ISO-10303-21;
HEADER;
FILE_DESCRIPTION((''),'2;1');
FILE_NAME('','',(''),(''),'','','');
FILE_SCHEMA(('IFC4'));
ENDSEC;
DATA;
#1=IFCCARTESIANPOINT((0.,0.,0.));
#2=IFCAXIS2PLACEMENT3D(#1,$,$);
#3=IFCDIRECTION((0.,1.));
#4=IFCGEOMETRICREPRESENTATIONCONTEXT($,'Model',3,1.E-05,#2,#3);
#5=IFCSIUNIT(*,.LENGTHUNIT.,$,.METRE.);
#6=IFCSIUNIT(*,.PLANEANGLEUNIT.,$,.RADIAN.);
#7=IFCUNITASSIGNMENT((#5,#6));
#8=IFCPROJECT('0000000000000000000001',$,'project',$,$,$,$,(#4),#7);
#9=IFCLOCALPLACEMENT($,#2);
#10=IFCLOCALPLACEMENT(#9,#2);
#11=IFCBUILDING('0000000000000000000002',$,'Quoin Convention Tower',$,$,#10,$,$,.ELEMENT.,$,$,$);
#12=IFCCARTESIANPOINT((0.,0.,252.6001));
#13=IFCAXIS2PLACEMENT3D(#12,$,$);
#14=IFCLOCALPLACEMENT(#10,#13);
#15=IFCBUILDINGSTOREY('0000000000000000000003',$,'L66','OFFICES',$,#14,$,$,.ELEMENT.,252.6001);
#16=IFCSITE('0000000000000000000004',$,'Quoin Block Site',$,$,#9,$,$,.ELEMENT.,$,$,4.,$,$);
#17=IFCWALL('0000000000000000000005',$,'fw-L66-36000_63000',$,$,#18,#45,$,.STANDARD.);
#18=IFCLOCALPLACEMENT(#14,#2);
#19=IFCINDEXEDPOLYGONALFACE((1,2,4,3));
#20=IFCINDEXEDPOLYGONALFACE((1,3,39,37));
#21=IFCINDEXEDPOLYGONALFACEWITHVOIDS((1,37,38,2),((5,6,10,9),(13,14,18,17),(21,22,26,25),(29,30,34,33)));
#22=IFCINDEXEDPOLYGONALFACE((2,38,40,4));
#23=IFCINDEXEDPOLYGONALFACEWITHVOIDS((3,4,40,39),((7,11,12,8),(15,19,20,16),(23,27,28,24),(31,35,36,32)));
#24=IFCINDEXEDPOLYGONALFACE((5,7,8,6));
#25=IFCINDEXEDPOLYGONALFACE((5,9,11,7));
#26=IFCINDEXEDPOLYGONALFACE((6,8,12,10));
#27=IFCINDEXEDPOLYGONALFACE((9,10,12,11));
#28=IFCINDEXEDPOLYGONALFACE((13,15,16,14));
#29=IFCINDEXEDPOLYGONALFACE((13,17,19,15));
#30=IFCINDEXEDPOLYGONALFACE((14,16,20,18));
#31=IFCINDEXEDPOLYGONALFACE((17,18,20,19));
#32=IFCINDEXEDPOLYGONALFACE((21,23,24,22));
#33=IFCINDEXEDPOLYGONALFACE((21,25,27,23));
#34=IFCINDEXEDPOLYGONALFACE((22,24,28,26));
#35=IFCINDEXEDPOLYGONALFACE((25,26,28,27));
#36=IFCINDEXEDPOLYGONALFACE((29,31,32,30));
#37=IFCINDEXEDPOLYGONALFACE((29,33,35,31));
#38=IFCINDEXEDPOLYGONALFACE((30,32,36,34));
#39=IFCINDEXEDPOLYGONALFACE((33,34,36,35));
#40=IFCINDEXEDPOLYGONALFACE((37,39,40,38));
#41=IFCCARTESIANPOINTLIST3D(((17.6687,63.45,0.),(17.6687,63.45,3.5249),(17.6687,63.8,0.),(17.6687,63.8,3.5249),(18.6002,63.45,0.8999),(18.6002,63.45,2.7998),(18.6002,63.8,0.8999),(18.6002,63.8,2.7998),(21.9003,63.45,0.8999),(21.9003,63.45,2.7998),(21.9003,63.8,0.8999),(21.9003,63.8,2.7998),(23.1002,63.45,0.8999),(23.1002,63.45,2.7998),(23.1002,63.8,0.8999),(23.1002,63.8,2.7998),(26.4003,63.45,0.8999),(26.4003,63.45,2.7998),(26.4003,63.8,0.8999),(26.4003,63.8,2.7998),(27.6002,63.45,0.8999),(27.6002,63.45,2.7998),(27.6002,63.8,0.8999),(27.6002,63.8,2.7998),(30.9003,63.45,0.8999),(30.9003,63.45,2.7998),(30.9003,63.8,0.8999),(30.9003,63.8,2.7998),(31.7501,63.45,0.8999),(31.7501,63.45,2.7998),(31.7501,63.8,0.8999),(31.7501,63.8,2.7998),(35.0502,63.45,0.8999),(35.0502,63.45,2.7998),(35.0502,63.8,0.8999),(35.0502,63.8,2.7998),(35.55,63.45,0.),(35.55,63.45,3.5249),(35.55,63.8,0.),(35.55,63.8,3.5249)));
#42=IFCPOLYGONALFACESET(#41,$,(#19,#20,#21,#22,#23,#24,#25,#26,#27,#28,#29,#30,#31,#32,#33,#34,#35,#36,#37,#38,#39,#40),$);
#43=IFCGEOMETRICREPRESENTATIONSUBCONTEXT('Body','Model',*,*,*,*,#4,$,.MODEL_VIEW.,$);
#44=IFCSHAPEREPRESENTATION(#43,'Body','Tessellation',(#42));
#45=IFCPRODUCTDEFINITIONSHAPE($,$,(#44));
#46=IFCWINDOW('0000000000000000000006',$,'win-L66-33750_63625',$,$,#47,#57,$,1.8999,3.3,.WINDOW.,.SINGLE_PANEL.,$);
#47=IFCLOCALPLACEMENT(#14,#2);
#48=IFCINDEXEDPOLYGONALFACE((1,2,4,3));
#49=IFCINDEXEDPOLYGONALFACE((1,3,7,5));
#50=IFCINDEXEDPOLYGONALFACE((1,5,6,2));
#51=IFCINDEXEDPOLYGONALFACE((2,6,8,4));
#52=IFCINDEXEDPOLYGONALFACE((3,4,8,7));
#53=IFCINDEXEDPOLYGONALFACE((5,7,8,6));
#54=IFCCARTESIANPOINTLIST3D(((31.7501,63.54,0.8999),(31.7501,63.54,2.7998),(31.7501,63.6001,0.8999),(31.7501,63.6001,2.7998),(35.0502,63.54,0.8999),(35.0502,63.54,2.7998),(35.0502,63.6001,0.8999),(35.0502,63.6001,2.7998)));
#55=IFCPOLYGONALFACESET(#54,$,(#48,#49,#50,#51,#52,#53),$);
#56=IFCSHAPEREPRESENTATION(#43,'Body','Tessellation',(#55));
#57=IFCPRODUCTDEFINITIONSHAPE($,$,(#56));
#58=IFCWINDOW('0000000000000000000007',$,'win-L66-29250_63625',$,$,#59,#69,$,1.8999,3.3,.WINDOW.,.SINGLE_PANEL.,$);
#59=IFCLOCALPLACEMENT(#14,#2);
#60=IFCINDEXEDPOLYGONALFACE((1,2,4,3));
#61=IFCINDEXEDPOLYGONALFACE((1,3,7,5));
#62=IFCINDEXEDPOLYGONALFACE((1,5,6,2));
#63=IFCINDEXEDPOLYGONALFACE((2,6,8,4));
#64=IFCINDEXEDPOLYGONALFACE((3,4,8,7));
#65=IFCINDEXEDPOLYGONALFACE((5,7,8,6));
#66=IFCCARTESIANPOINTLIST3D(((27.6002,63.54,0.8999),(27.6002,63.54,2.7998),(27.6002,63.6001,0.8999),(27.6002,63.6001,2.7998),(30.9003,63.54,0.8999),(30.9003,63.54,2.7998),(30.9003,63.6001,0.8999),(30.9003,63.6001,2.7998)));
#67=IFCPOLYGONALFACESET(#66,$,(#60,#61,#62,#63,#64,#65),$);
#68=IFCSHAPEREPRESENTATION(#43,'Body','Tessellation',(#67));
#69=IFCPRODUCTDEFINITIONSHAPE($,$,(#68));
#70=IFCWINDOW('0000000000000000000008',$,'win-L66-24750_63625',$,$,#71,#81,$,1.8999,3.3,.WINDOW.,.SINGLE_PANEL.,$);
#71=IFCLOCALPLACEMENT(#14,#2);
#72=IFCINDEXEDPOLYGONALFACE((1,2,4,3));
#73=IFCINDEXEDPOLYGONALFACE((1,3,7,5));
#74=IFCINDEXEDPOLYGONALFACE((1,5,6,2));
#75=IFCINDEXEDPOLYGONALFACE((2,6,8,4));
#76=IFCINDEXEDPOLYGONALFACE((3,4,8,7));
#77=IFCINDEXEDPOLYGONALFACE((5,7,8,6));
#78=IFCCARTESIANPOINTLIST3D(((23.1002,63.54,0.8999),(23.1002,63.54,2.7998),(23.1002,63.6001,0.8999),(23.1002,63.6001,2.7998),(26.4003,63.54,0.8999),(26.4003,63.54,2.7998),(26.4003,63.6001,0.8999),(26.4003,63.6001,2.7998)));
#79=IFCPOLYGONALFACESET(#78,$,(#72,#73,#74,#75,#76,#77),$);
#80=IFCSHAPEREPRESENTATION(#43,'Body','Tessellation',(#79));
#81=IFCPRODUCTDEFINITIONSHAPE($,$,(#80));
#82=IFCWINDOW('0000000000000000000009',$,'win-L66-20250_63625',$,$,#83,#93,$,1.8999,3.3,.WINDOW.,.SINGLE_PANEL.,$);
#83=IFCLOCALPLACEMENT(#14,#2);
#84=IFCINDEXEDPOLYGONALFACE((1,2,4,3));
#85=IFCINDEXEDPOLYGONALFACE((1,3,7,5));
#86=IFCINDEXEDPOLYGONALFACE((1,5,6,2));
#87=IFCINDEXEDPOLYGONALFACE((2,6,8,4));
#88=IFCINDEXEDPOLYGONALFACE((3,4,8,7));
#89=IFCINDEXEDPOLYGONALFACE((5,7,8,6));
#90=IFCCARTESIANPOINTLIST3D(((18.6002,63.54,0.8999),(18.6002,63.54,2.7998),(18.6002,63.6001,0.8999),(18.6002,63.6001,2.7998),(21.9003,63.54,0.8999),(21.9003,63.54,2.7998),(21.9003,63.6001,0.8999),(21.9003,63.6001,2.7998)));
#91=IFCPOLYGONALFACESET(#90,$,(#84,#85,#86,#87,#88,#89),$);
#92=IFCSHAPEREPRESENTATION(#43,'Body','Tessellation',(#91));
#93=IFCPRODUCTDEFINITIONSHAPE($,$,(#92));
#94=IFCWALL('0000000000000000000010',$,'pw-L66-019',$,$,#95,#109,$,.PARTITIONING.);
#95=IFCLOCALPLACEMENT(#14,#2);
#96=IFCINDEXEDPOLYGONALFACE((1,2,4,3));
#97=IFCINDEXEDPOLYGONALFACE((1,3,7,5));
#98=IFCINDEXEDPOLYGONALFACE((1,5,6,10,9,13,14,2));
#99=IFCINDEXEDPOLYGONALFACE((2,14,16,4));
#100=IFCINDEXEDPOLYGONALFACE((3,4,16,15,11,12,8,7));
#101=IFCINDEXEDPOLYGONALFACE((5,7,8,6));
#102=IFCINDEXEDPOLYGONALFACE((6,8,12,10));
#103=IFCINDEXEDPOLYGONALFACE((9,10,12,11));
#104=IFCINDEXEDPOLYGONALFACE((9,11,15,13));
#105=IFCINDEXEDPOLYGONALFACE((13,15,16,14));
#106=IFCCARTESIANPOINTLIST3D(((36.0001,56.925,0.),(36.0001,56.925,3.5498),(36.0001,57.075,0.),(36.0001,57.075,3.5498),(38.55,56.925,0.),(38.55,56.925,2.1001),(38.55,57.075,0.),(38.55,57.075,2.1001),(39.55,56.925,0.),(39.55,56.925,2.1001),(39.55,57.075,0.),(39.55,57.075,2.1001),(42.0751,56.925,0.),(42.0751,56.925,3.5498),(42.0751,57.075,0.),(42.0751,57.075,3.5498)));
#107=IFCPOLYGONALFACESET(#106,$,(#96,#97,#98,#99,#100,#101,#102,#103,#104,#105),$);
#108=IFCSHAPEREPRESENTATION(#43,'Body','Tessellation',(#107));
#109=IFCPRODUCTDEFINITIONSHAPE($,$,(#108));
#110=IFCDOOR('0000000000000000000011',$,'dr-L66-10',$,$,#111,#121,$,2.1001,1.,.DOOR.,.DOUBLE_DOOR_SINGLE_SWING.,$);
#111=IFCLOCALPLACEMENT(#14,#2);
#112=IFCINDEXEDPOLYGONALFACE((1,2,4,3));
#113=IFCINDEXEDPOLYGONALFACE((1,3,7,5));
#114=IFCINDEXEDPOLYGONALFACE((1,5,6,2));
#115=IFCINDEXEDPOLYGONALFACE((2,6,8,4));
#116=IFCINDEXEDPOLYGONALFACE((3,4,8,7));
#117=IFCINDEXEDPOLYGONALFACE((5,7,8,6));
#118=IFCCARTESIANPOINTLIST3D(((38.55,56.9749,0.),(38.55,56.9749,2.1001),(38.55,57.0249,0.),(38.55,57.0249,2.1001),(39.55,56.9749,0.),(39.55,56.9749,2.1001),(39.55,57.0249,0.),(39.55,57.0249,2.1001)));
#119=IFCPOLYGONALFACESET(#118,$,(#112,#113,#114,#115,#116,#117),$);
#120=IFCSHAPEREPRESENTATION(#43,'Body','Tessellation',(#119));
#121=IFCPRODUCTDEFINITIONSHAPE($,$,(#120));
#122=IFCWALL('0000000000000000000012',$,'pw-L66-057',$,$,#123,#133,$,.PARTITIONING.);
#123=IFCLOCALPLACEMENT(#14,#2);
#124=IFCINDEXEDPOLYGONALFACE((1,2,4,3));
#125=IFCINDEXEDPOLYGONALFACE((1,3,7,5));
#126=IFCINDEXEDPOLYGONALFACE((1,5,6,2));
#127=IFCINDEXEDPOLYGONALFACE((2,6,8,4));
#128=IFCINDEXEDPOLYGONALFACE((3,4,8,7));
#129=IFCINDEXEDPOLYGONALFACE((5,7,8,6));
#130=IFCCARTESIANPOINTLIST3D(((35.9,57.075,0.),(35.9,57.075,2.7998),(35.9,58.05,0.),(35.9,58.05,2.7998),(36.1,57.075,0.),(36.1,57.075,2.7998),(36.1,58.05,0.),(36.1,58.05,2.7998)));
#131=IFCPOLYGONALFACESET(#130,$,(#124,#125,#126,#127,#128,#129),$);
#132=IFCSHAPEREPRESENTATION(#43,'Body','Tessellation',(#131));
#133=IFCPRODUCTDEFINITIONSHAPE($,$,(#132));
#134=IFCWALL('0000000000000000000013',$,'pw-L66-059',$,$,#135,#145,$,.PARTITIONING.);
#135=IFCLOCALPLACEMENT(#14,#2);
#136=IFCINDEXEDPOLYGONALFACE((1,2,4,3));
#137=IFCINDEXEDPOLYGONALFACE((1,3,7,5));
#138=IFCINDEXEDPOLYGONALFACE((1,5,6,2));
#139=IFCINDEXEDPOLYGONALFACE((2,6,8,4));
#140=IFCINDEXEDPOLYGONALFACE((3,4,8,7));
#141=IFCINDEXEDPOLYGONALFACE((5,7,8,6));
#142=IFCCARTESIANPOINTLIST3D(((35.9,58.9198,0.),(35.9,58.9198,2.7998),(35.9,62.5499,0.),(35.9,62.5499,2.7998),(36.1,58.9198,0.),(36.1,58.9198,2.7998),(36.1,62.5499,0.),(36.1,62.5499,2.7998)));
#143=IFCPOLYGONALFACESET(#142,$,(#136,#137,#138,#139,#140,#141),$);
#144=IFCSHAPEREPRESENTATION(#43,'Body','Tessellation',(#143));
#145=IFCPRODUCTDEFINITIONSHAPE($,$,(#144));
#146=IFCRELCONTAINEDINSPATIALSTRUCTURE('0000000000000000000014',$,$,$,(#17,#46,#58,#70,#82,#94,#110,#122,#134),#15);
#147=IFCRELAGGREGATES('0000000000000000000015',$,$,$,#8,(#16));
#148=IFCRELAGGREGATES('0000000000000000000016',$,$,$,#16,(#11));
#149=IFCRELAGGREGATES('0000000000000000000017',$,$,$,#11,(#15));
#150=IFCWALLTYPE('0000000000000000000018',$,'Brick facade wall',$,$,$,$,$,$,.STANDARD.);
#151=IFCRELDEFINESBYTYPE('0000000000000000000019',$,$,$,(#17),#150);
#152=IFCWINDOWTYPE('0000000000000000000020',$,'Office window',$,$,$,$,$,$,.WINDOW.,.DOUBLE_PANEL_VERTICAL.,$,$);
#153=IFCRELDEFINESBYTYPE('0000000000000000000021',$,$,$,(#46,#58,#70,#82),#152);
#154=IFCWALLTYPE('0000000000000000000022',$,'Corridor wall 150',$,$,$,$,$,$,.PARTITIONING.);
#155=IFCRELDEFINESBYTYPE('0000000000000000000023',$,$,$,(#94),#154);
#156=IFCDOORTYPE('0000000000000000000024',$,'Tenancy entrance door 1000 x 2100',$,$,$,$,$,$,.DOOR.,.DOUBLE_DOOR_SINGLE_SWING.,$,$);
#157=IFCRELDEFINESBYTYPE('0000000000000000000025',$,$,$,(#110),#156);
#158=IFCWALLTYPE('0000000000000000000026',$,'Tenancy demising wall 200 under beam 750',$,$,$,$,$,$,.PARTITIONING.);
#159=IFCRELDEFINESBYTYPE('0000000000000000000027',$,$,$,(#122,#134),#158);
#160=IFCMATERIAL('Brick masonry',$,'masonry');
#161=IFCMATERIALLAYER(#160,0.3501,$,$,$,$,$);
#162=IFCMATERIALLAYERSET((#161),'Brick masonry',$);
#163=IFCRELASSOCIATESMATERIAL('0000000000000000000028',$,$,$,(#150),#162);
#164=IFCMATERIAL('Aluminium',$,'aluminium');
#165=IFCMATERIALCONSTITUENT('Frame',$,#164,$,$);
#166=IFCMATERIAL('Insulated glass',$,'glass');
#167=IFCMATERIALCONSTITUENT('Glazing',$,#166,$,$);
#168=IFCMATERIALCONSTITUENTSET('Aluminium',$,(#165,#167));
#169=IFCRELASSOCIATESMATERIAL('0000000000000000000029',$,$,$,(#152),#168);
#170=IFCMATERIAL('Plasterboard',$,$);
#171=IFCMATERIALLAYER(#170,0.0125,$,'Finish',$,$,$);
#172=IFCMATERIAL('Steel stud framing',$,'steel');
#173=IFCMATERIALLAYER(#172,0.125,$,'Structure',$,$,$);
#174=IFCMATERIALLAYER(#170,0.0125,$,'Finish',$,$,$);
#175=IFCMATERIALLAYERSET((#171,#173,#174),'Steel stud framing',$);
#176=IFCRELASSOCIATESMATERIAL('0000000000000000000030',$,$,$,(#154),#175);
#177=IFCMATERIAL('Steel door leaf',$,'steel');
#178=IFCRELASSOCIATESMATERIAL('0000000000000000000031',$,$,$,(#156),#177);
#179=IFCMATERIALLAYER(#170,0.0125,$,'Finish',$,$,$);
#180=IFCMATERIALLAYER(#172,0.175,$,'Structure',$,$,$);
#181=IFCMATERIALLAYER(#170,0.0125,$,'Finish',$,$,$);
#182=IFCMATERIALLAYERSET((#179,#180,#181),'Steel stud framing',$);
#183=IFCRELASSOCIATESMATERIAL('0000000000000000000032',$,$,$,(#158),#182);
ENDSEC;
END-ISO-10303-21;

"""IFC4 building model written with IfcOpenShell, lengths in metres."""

from ifc_helpers import new_model, si_unit, direction, frame, frame_2d, origin, place, context, subcontext, project, spatial, rectangle, extrude, material, layer, layer_set, constituent, constituent_set, type_object, element, fill, save


model = new_model("IFC4")

# Units and contexts
model_context = context("Model", 3, precision=1e-05, world=origin(), true_north=direction((0.0, 1.0)))
body_context = subcontext(model_context, "Body", "Model", "MODEL_VIEW")
ifc_project = project(units=[si_unit("LENGTHUNIT", "METRE"), si_unit("PLANEANGLEUNIT", "RADIAN")], contexts=[model_context])

# Site, building, storey
site_placement = place(None, origin())
site = spatial("IfcSite", under=ifc_project, at=site_placement, Name="Quoin Block Site", CompositionType="ELEMENT", RefElevation=4.0)
building_placement = place(site_placement, origin())
building = spatial("IfcBuilding", under=site, at=building_placement, Name="Quoin Convention Tower", CompositionType="ELEMENT")
storey_placement = place(building_placement, frame((0.0, 0.0, 252.6001)))
storey = spatial("IfcBuildingStorey", under=building, at=storey_placement, Name="L66", Description="OFFICES", CompositionType="ELEMENT", Elevation=252.6001)

# Wall, openings, windows
ifc_material_1 = material(Name="Brick masonry", Category="masonry")
ifc_layer_1 = layer(ifc_material_1, 0.3501)
ifc_layer_set_1 = layer_set([ifc_layer_1], Name="Brick masonry")
wall_type_1 = type_object("IfcWallType", Name="Brick facade wall", PredefinedType="STANDARD", material=ifc_layer_set_1)
wall_1_placement = place(storey_placement, frame((35.55, 63.625, 0.0), z_axis=(0.0, 0.0, 1.0), x_axis=(-1.0, 0.0, 0.0)))
wall_1 = element("IfcWall", 1, at=wall_1_placement, inside=storey, type_object=wall_type_1, Name="fw-L66-36000_63000", PredefinedType="STANDARD", context=body_context, shape_type="SweptSolid", body=[
    extrude(rectangle(XDim=17.8813, YDim=0.3501, at=frame_2d((8.9407, 0.0))), origin(), (0.0, 0.0, 1.0), 3.5249),
])
opening_1_placement = place(wall_1_placement, frame((0.5, 0.0, 0.8999)))
opening_1 = element("IfcOpeningElement", 2, at=opening_1_placement, cuts=wall_1, PredefinedType="OPENING", context=body_context, shape_type="SweptSolid", body=[
    extrude(rectangle(XDim=3.3, YDim=1.8999, at=frame_2d((1.6499, 0.95))), frame((0.0, 0.1851, 0.0), z_axis=(0.0, -1.0, 0.0), x_axis=(1.0, 0.0, 0.0)), (0.0, 0.0, 1.0), 0.3701),
])
opening_2_placement = place(wall_1_placement, frame((4.6499, 0.0, 0.8999)))
opening_2 = element("IfcOpeningElement", 3, at=opening_2_placement, cuts=wall_1, PredefinedType="OPENING", context=body_context, shape_type="SweptSolid", body=[
    extrude(rectangle(XDim=3.3, YDim=1.8999, at=frame_2d((1.6499, 0.95))), frame((0.0, 0.1851, 0.0), z_axis=(0.0, -1.0, 0.0), x_axis=(1.0, 0.0, 0.0)), (0.0, 0.0, 1.0), 0.3701),
])
opening_3_placement = place(wall_1_placement, frame((9.1499, 0.0, 0.8999)))
opening_3 = element("IfcOpeningElement", 4, at=opening_3_placement, cuts=wall_1, PredefinedType="OPENING", context=body_context, shape_type="SweptSolid", body=[
    extrude(rectangle(XDim=3.3, YDim=1.8999, at=frame_2d((1.6499, 0.95))), frame((0.0, 0.1851, 0.0), z_axis=(0.0, -1.0, 0.0), x_axis=(1.0, 0.0, 0.0)), (0.0, 0.0, 1.0), 0.3701),
])
opening_4_placement = place(wall_1_placement, frame((13.6499, 0.0, 0.8999)))
opening_4 = element("IfcOpeningElement", 5, at=opening_4_placement, cuts=wall_1, PredefinedType="OPENING", context=body_context, shape_type="SweptSolid", body=[
    extrude(rectangle(XDim=3.3, YDim=1.8999, at=frame_2d((1.6499, 0.95))), frame((0.0, 0.1851, 0.0), z_axis=(0.0, -1.0, 0.0), x_axis=(1.0, 0.0, 0.0)), (0.0, 0.0, 1.0), 0.3701),
])
ifc_material_2 = material(Name="Aluminium", Category="aluminium")
ifc_constituent_1 = constituent(ifc_material_2, Name="Frame")
ifc_material_3 = material(Name="Insulated glass", Category="glass")
ifc_constituent_2 = constituent(ifc_material_3, Name="Glazing")
ifc_constituent_set = constituent_set(constituents=[ifc_constituent_1, ifc_constituent_2], Name="Aluminium")
window_type = type_object("IfcWindowType", Name="Office window", PartitioningType="DOUBLE_PANEL_VERTICAL", PredefinedType="WINDOW", material=ifc_constituent_set)
window_1_placement = place(opening_1_placement, origin())
window_1 = element("IfcWindow", 6, at=window_1_placement, inside=storey, type_object=window_type, Name="win-L66-33750_63625", OverallHeight=1.8999, OverallWidth=3.3, PartitioningType="SINGLE_PANEL", PredefinedType="WINDOW", context=body_context, shape_type="SweptSolid", body=[
    extrude(rectangle(XDim=3.3, YDim=1.8999, at=frame_2d((1.6499, 0.95))), frame((0.0, 0.085, 0.0), z_axis=(0.0, -1.0, 0.0), x_axis=(1.0, 0.0, 0.0)), (0.0, 0.0, 1.0), 0.0601),
])
fill(opening_1, window_1)
window_2_placement = place(opening_2_placement, origin())
window_2 = element("IfcWindow", 7, at=window_2_placement, inside=storey, type_object=window_type, Name="win-L66-29250_63625", OverallHeight=1.8999, OverallWidth=3.3, PartitioningType="SINGLE_PANEL", PredefinedType="WINDOW", context=body_context, shape_type="SweptSolid", body=[
    extrude(rectangle(XDim=3.3, YDim=1.8999, at=frame_2d((1.6499, 0.95))), frame((0.0, 0.085, 0.0), z_axis=(0.0, -1.0, 0.0), x_axis=(1.0, 0.0, 0.0)), (0.0, 0.0, 1.0), 0.0601),
])
fill(opening_2, window_2)
window_3_placement = place(opening_3_placement, origin())
window_3 = element("IfcWindow", 8, at=window_3_placement, inside=storey, type_object=window_type, Name="win-L66-24750_63625", OverallHeight=1.8999, OverallWidth=3.3, PartitioningType="SINGLE_PANEL", PredefinedType="WINDOW", context=body_context, shape_type="SweptSolid", body=[
    extrude(rectangle(XDim=3.3, YDim=1.8999, at=frame_2d((1.6499, 0.95))), frame((0.0, 0.085, 0.0), z_axis=(0.0, -1.0, 0.0), x_axis=(1.0, 0.0, 0.0)), (0.0, 0.0, 1.0), 0.0601),
])
fill(opening_3, window_3)
window_4_placement = place(opening_4_placement, origin())
window_4 = element("IfcWindow", 9, at=window_4_placement, inside=storey, type_object=window_type, Name="win-L66-20250_63625", OverallHeight=1.8999, OverallWidth=3.3, PartitioningType="SINGLE_PANEL", PredefinedType="WINDOW", context=body_context, shape_type="SweptSolid", body=[
    extrude(rectangle(XDim=3.3, YDim=1.8999, at=frame_2d((1.6499, 0.95))), frame((0.0, 0.085, 0.0), z_axis=(0.0, -1.0, 0.0), x_axis=(1.0, 0.0, 0.0)), (0.0, 0.0, 1.0), 0.0601),
])
fill(opening_4, window_4)

# Wall, opening, door
ifc_material_4 = material(Name="Plasterboard")
ifc_layer_2 = layer(ifc_material_4, 0.0125, Name="Finish")
ifc_material_5 = material(Name="Steel stud framing", Category="steel")
ifc_layer_3 = layer(ifc_material_5, 0.125, Name="Structure")
ifc_layer_4 = layer(ifc_material_4, 0.0125, Name="Finish")
ifc_layer_set_2 = layer_set([ifc_layer_2, ifc_layer_3, ifc_layer_4], Name="Steel stud framing")
wall_type_2 = type_object("IfcWallType", Name="Corridor wall 150", PredefinedType="PARTITIONING", material=ifc_layer_set_2)
wall_2_placement = place(storey_placement, frame((36.0, 57.0, 0.0), z_axis=(0.0, 0.0, 1.0), x_axis=(1.0, 0.0, 0.0)))
wall_2 = element("IfcWall", 10, at=wall_2_placement, inside=storey, type_object=wall_type_2, Name="pw-L66-019", PredefinedType="PARTITIONING", context=body_context, shape_type="SweptSolid", body=[
    extrude(rectangle(XDim=6.075, YDim=0.1499, at=frame_2d((3.0376, 0.0))), origin(), (0.0, 0.0, 1.0), 3.5498),
])
opening_5_placement = place(wall_2_placement, frame((2.55, 0.0, 0.0)))
opening_5 = element("IfcOpeningElement", 11, at=opening_5_placement, cuts=wall_2, PredefinedType="OPENING", context=body_context, shape_type="SweptSolid", body=[
    extrude(rectangle(XDim=1.0, YDim=2.1001, at=frame_2d((0.5, 1.05))), frame((0.0, 0.085, 0.0), z_axis=(0.0, -1.0, 0.0), x_axis=(1.0, 0.0, 0.0)), (0.0, 0.0, 1.0), 0.1699),
])
ifc_material_6 = material(Name="Steel door leaf", Category="steel")
door_type = type_object("IfcDoorType", Name="Tenancy entrance door 1000 x 2100", OperationType="DOUBLE_DOOR_SINGLE_SWING", PredefinedType="DOOR", material=ifc_material_6)
door_placement = place(opening_5_placement, origin())
door = element("IfcDoor", 12, at=door_placement, inside=storey, type_object=door_type, Name="dr-L66-10", OperationType="DOUBLE_DOOR_SINGLE_SWING", OverallHeight=2.1001, OverallWidth=1.0, PredefinedType="DOOR", context=body_context, shape_type="SweptSolid", body=[
    extrude(rectangle(XDim=1.0, YDim=2.1001, at=frame_2d((0.5, 1.05))), frame((0.0, 0.0249, 0.0), z_axis=(0.0, -1.0, 0.0), x_axis=(1.0, 0.0, 0.0)), (0.0, 0.0, 1.0), 0.05),
])
fill(opening_5, door)

# Walls
ifc_layer_5 = layer(ifc_material_4, 0.0125, Name="Finish")
ifc_layer_6 = layer(ifc_material_5, 0.175, Name="Structure")
ifc_layer_7 = layer(ifc_material_4, 0.0125, Name="Finish")
ifc_layer_set_3 = layer_set([ifc_layer_5, ifc_layer_6, ifc_layer_7], Name="Steel stud framing")
wall_type_3 = type_object("IfcWallType", Name="Tenancy demising wall 200 under beam 750", PredefinedType="PARTITIONING", material=ifc_layer_set_3)
wall_3_placement = place(storey_placement, frame((36.0, 57.075, 0.0), z_axis=(0.0, 0.0, 1.0), x_axis=(0.0, 1.0, 0.0)))
element("IfcWall", 13, at=wall_3_placement, inside=storey, type_object=wall_type_3, Name="pw-L66-057", PredefinedType="PARTITIONING", context=body_context, shape_type="SweptSolid", body=[
    extrude(rectangle(XDim=0.9751, YDim=0.2, at=frame_2d((0.4875, 0.0))), origin(), (0.0, 0.0, 1.0), 2.7998),
])
wall_4_placement = place(storey_placement, frame((36.0, 58.9199, 0.0), z_axis=(0.0, 0.0, 1.0), x_axis=(0.0, 1.0, 0.0)))
element("IfcWall", 14, at=wall_4_placement, inside=storey, type_object=wall_type_3, Name="pw-L66-059", PredefinedType="PARTITIONING", context=body_context, shape_type="SweptSolid", body=[
    extrude(rectangle(XDim=3.6301, YDim=0.2, at=frame_2d((1.8149, 0.0))), origin(), (0.0, 0.0, 1.0), 2.7998),
])

save(model, "model.ifc")
